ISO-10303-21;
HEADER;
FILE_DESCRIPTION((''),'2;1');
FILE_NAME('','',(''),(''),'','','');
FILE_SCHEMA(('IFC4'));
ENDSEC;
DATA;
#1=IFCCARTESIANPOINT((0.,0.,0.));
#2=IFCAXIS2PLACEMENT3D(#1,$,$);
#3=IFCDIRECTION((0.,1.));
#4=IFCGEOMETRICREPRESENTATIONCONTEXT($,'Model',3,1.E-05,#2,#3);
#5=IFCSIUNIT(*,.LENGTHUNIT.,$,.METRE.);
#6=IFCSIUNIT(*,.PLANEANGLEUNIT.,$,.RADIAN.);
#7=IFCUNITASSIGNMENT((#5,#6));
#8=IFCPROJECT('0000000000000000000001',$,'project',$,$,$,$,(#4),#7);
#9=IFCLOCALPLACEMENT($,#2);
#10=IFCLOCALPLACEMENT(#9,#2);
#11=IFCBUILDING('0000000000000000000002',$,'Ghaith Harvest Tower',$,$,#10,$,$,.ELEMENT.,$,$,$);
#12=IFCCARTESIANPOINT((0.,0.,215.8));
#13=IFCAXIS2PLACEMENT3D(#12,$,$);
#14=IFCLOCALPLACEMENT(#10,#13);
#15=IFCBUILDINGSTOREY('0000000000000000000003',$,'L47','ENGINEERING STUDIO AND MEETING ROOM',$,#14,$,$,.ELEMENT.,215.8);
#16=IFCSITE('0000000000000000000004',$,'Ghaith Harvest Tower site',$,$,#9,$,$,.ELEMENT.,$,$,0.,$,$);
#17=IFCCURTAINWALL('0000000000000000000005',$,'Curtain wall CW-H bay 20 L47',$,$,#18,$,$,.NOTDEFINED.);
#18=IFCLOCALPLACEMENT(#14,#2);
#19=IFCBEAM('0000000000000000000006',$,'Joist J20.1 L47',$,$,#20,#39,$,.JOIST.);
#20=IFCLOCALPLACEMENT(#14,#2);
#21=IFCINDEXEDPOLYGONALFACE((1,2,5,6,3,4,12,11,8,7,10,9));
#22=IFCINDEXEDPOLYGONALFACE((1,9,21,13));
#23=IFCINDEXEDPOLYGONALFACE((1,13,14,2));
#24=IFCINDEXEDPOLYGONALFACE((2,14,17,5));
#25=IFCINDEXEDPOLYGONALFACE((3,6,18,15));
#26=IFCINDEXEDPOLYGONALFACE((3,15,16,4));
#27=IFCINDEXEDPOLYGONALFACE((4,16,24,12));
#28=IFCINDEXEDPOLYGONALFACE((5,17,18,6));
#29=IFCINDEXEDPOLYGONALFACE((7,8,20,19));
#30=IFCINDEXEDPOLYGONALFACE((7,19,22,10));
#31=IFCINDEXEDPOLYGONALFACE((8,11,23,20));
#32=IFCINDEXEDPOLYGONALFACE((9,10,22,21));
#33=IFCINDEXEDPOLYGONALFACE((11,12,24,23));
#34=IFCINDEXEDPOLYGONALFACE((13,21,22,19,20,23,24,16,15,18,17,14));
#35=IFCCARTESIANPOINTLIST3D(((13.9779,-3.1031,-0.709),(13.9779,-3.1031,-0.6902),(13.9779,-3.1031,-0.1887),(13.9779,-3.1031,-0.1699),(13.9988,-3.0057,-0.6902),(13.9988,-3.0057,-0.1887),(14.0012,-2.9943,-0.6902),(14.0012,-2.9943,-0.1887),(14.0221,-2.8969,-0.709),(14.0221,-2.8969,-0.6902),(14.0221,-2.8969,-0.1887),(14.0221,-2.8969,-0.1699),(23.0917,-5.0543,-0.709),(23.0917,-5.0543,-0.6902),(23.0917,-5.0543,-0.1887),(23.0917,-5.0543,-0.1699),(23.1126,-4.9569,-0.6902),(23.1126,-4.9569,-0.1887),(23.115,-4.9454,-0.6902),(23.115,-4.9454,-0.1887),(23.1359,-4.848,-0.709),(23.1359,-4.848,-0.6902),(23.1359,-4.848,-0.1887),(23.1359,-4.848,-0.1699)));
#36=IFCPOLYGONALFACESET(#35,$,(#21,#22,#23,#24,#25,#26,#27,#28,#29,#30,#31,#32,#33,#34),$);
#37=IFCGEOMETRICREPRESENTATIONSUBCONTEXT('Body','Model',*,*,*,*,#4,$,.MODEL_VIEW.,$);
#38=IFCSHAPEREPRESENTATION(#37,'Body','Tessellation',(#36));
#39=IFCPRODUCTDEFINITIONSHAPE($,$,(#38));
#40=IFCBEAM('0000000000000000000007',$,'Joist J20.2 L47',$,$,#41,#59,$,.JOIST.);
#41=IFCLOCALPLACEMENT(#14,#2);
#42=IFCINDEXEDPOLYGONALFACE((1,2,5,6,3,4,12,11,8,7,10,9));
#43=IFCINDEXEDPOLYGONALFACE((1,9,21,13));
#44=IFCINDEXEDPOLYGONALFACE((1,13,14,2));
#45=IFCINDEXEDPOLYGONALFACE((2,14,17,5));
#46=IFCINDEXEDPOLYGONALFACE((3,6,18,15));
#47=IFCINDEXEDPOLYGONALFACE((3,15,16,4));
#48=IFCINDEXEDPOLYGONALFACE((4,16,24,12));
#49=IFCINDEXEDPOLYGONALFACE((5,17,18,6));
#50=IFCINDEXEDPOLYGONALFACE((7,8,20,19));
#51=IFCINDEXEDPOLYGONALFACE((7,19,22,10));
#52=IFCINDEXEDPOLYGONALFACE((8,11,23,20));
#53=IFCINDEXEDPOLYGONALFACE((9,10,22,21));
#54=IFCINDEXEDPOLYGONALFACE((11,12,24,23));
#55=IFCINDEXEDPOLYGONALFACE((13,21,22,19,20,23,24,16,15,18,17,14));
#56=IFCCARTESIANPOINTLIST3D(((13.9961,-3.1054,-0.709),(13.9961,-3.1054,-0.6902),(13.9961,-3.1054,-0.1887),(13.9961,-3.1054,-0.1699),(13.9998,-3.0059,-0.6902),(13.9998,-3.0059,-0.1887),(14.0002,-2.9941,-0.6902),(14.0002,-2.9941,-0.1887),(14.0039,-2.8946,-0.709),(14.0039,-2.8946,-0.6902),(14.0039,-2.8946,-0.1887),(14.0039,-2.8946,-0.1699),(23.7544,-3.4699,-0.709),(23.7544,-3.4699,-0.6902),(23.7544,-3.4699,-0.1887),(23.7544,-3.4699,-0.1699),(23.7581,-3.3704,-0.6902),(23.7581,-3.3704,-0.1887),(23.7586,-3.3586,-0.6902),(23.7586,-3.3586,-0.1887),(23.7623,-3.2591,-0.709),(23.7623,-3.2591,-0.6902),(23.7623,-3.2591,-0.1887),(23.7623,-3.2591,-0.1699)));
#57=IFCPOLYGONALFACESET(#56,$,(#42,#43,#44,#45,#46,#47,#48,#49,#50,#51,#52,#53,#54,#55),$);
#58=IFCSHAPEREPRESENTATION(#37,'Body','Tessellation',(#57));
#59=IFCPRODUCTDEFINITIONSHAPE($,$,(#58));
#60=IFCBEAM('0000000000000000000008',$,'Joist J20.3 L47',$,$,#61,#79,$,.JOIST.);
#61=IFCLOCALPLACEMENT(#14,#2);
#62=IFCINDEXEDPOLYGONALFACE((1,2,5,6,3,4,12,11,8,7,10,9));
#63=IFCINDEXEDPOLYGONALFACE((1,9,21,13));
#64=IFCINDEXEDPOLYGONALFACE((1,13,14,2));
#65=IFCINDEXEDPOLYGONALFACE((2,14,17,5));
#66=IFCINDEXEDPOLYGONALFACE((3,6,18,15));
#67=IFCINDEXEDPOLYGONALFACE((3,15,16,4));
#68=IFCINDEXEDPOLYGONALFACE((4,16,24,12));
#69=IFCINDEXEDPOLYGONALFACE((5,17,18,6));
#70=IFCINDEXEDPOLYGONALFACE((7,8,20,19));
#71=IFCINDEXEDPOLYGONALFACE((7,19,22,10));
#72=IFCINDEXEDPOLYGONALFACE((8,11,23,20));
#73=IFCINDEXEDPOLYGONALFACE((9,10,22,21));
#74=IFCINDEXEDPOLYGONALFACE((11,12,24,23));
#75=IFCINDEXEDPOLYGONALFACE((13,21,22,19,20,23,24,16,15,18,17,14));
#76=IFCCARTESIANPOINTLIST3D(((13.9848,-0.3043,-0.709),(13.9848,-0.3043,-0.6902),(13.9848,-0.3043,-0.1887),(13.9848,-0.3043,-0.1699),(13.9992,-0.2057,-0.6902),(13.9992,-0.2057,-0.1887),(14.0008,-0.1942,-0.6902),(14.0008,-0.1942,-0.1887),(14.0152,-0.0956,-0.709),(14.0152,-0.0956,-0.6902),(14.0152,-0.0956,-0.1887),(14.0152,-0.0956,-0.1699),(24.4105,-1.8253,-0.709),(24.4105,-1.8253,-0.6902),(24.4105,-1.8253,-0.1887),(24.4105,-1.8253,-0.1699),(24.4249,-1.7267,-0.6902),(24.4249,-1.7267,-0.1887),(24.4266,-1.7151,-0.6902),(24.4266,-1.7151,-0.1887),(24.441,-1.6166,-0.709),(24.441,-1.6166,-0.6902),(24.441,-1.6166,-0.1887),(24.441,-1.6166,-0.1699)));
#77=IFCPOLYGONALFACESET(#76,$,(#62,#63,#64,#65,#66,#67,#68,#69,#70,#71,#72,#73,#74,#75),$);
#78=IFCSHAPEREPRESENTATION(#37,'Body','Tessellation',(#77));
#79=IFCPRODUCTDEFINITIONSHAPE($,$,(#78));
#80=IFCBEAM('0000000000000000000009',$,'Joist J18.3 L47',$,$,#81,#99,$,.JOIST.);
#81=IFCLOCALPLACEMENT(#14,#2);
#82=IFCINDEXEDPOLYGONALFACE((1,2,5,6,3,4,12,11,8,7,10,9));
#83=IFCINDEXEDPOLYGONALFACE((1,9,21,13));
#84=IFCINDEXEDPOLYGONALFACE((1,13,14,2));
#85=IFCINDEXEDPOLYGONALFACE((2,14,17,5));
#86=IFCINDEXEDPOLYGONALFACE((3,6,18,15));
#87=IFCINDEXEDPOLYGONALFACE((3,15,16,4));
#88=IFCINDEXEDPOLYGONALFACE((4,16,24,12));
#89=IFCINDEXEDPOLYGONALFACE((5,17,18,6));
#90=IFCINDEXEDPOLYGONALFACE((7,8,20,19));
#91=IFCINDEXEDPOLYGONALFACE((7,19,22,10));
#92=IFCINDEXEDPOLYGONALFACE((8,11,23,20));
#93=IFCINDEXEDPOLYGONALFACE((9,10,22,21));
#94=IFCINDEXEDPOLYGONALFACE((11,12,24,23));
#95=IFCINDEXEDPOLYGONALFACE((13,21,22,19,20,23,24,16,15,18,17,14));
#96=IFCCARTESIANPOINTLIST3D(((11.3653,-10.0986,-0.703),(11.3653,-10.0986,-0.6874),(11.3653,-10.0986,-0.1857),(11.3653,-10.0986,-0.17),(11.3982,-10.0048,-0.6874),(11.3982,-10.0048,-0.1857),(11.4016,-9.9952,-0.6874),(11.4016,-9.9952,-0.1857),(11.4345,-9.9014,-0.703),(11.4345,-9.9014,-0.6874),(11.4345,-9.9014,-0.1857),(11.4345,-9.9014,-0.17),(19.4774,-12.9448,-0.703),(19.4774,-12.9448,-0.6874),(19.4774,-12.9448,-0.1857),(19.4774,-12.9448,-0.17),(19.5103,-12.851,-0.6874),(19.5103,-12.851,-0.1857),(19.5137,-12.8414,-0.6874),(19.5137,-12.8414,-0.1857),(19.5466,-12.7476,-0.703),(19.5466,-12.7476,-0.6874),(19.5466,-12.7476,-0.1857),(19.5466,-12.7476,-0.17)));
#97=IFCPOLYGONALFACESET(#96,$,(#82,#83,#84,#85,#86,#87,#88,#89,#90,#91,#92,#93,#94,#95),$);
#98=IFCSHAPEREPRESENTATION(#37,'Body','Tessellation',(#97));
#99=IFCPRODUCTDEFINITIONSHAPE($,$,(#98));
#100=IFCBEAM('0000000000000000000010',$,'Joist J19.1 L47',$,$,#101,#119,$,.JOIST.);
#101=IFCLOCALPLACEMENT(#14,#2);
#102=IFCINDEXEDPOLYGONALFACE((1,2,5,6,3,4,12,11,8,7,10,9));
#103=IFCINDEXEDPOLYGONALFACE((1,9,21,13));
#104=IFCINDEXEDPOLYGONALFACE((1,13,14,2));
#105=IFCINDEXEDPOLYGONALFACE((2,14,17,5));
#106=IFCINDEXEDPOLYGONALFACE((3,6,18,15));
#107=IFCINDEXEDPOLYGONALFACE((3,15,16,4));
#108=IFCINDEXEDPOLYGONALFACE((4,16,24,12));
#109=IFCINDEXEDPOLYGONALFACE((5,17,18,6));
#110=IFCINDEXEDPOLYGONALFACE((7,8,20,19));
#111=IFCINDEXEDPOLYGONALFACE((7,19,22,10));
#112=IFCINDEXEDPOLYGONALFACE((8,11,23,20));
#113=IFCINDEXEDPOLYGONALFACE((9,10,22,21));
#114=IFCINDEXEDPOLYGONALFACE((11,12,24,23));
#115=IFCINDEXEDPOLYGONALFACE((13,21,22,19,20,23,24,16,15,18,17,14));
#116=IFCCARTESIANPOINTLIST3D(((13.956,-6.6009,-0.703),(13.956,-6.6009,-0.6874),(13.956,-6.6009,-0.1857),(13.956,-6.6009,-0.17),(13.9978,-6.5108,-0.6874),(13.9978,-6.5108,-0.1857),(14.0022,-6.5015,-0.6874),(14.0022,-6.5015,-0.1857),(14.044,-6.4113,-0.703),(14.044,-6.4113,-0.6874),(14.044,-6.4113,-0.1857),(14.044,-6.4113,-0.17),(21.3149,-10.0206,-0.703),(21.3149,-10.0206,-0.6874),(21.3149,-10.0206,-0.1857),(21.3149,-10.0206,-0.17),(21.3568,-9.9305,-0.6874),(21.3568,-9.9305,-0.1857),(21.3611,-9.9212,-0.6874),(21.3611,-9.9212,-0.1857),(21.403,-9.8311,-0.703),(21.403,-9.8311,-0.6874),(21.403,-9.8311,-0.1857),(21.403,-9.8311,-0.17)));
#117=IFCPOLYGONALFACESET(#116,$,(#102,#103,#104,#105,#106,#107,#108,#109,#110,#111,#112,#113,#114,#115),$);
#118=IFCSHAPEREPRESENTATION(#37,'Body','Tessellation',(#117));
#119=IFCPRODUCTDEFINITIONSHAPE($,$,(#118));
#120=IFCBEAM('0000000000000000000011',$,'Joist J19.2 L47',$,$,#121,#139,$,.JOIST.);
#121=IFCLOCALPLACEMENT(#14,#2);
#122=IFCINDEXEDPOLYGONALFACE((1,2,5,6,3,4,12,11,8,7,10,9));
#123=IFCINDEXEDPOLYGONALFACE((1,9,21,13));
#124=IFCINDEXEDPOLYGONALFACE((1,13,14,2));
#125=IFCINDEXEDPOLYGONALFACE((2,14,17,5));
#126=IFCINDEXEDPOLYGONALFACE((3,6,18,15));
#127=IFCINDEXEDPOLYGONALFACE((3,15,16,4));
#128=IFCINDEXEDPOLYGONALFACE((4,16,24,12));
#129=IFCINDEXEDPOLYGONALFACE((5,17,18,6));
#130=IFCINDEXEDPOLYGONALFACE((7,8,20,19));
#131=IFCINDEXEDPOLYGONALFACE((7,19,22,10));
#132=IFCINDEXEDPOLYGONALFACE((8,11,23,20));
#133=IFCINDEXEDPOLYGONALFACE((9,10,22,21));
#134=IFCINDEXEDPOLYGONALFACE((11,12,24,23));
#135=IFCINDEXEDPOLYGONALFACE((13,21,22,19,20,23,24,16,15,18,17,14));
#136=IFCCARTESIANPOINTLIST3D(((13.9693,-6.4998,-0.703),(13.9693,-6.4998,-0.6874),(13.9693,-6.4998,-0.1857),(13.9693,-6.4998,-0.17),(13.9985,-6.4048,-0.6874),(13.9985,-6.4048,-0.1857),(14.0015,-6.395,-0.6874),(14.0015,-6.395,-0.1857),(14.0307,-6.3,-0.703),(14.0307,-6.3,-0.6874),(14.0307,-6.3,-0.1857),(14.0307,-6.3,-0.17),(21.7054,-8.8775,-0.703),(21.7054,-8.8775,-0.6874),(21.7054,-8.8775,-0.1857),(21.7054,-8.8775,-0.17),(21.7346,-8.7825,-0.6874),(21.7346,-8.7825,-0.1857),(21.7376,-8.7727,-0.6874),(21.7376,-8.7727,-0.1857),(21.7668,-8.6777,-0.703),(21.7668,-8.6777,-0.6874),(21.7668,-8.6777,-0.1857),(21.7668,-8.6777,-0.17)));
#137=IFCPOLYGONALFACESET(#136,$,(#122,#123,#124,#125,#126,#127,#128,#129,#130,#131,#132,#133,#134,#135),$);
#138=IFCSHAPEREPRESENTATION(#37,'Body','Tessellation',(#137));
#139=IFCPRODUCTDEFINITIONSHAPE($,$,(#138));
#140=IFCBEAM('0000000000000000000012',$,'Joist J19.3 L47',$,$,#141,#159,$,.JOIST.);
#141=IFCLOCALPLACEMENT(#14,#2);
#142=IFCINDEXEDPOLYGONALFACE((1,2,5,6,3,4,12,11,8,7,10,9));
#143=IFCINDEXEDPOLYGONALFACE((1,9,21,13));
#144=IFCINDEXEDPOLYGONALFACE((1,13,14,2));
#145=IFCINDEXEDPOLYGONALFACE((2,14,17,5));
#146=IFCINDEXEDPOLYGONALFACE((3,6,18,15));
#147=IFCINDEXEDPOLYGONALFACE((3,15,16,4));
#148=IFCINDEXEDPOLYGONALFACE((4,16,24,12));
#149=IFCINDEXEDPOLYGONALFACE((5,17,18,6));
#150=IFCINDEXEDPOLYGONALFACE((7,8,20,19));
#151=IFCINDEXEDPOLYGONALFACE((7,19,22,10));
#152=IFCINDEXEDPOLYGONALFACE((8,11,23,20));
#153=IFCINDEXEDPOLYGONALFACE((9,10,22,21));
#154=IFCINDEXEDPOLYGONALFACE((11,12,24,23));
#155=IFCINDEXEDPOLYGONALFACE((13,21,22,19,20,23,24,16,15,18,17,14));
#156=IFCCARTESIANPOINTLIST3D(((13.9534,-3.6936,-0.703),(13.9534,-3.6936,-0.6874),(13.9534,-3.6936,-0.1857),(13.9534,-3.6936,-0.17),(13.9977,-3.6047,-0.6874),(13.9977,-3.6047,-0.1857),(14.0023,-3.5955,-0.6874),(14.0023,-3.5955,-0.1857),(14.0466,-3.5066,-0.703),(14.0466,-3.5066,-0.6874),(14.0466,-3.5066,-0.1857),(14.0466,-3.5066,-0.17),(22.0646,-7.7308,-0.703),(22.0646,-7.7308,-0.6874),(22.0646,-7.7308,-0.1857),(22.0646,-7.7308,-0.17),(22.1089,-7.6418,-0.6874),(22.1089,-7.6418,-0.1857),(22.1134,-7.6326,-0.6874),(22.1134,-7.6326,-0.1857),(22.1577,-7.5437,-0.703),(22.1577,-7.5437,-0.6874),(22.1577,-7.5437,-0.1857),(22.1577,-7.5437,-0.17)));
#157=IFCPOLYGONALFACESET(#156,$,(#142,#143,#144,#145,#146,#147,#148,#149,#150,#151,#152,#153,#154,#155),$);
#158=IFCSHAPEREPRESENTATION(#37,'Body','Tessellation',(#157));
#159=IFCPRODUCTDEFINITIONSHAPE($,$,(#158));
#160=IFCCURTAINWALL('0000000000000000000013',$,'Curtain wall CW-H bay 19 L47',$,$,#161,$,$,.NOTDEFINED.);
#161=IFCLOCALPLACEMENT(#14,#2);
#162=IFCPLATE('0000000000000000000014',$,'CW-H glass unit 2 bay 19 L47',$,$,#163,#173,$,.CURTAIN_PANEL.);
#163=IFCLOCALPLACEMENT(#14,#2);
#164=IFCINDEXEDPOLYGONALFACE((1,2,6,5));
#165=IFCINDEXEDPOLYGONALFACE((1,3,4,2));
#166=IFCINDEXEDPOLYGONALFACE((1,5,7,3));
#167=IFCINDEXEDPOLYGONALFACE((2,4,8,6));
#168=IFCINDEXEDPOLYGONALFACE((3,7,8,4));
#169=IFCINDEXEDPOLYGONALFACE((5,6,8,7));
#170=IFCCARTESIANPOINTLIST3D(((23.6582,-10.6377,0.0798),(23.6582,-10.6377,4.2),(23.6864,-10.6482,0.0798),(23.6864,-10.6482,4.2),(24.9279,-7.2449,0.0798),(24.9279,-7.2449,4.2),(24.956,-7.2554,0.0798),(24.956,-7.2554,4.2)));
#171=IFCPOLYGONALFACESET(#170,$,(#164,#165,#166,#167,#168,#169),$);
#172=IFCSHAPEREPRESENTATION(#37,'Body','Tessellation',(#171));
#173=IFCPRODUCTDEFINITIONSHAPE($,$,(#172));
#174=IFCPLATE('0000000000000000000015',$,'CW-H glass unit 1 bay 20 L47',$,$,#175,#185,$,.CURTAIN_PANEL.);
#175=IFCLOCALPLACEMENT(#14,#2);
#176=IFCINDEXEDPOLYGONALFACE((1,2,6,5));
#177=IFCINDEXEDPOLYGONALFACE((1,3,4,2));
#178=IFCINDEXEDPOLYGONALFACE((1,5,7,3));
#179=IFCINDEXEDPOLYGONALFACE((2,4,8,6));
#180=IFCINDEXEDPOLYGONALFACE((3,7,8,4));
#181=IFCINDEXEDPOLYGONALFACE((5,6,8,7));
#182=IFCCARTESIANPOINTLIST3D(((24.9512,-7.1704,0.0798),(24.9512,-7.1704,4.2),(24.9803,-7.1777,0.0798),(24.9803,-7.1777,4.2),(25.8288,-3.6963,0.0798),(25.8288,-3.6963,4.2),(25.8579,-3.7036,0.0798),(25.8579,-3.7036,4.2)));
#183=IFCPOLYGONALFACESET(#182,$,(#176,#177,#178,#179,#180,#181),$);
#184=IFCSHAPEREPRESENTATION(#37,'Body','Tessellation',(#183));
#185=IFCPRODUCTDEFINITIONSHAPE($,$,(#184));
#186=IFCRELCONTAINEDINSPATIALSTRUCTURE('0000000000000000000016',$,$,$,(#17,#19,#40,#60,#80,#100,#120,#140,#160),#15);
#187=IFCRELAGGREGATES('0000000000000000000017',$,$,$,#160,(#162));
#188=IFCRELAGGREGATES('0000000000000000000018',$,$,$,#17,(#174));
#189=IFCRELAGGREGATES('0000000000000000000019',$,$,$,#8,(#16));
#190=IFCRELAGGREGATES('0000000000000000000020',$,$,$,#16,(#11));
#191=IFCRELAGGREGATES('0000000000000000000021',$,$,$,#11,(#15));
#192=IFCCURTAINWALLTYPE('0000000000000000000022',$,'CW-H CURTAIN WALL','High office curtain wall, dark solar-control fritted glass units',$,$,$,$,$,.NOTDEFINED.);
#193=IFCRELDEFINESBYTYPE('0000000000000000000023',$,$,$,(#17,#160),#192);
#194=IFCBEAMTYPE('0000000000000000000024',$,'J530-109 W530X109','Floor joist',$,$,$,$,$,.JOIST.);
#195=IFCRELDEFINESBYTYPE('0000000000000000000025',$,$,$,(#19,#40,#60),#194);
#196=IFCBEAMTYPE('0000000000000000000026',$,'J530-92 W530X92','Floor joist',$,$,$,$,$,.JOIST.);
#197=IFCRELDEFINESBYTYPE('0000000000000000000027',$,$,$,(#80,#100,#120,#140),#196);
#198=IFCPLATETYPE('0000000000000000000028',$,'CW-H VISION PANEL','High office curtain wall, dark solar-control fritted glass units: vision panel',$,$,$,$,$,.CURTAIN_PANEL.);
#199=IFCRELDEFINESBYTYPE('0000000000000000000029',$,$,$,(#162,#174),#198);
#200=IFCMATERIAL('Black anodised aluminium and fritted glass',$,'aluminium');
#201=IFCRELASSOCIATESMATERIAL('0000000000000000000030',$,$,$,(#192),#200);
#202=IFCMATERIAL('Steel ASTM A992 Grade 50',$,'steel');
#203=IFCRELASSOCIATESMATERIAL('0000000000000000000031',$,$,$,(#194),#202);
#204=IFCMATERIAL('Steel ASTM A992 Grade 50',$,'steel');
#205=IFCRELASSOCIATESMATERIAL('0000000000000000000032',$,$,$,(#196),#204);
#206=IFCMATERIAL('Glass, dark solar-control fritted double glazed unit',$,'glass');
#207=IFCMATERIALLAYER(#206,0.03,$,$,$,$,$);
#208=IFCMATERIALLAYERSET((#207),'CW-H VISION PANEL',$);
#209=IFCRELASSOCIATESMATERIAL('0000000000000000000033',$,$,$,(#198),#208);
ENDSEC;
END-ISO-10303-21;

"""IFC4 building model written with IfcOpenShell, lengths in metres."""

from ifc_helpers import new_model, si_unit, direction, frame, origin, origin_2d, place, context, subcontext, project, spatial, rectangle, i_section, extrude, material, layer, layer_set, material_profile, profile_set, type_object, element, aggregate, save


model = new_model("IFC4")

# Units and contexts
model_context = context("Model", 3, precision=1e-05, world=origin(), true_north=direction((0.0, 1.0)))
body_context = subcontext(model_context, "Body", "Model", "MODEL_VIEW")
ifc_project = project(units=[si_unit("LENGTHUNIT", "METRE"), si_unit("PLANEANGLEUNIT", "RADIAN")], contexts=[model_context])

# Site, building, storey
site_placement = place(None, origin())
site = spatial("IfcSite", under=ifc_project, at=site_placement, Name="Ghaith Harvest Tower site", CompositionType="ELEMENT", RefElevation=0.0)
building_placement = place(site_placement, origin())
building = spatial("IfcBuilding", under=site, at=building_placement, Name="Ghaith Harvest Tower", CompositionType="ELEMENT")
storey_placement = place(building_placement, frame((0.0, 0.0, 215.8)))
storey = spatial("IfcBuildingStorey", under=building, at=storey_placement, Name="L47", Description="ENGINEERING STUDIO AND MEETING ROOM", CompositionType="ELEMENT", Elevation=215.8)

# Curtain wall
ifc_material_1 = material(Name="Black anodised aluminium and fritted glass", Category="aluminium")
curtain_wall_type = type_object("IfcCurtainWallType", Name="CW-H CURTAIN WALL", Description="High office curtain wall, dark solar-control fritted glass units", PredefinedType="NOTDEFINED", material=ifc_material_1)
curtain_wall_1_placement = place(storey_placement, origin())
curtain_wall_1 = element("IfcCurtainWall", 1, at=curtain_wall_1_placement, inside=storey, type_object=curtain_wall_type, Name="Curtain wall CW-H bay 20 L47", PredefinedType="NOTDEFINED")

# Beams
ifc_material_2 = material(Name="Steel ASTM A992 Grade 50", Category="steel")
ifc_material_profile_1 = material_profile(ifc_material_2, i_section(OverallWidth=0.2109, OverallDepth=0.5391, WebThickness=0.0117, FlangeThickness=0.0188, at=origin_2d()), Name="W530X109")
ifc_profile_set_1 = profile_set([ifc_material_profile_1], Name="Steel ASTM A992 Grade 50")
beam_type_1 = type_object("IfcBeamType", Name="J530-109 W530X109", Description="Floor joist", PredefinedType="JOIST", material=ifc_profile_set_1)
beam_1_placement = place(storey_placement, frame((14.0, -3.0, -0.4395), z_axis=(0.977841, -0.209347, 0.0), x_axis=(0.209347, 0.977841, 0.0)))
element("IfcBeam", 2, at=beam_1_placement, inside=storey, type_object=beam_type_1, Name="Joist J20.1 L47", PredefinedType="JOIST", context=body_context, shape_type="SweptSolid", body=[
    extrude(i_section(OverallWidth=0.2109, OverallDepth=0.5391, WebThickness=0.0117, FlangeThickness=0.0188, at=origin_2d()), origin(), (0.0, 0.0, 1.0), 9.3203),
])
beam_2_placement = place(storey_placement, frame((14.0, -3.0, -0.4395), z_axis=(0.999303, -0.037327, 0.0), x_axis=(0.037327, 0.999303, 0.0)))
element("IfcBeam", 3, at=beam_2_placement, inside=storey, type_object=beam_type_1, Name="Joist J20.2 L47", PredefinedType="JOIST", context=body_context, shape_type="SweptSolid", body=[
    extrude(i_section(OverallWidth=0.2109, OverallDepth=0.5391, WebThickness=0.0117, FlangeThickness=0.0188, at=origin_2d()), origin(), (0.0, 0.0, 1.0), 9.7651),
])
beam_3_placement = place(storey_placement, frame((14.0, -0.2, -0.4395), z_axis=(0.989525, -0.14436, 0.0), x_axis=(0.14436, 0.989525, 0.0)))
element("IfcBeam", 4, at=beam_3_placement, inside=storey, type_object=beam_type_1, Name="Joist J20.3 L47", PredefinedType="JOIST", context=body_context, shape_type="SweptSolid", body=[
    extrude(i_section(OverallWidth=0.2109, OverallDepth=0.5391, WebThickness=0.0117, FlangeThickness=0.0188, at=origin_2d()), origin(), (0.0, 0.0, 1.0), 10.5361),
])
ifc_material_3 = material(Name="Steel ASTM A992 Grade 50", Category="steel")
ifc_material_profile_2 = material_profile(ifc_material_3, i_section(OverallWidth=0.209, OverallDepth=0.533, WebThickness=0.0103, FlangeThickness=0.0156, at=origin_2d()), Name="W530X92")
ifc_profile_set_2 = profile_set([ifc_material_profile_2], Name="Steel ASTM A992 Grade 50")
beam_type_2 = type_object("IfcBeamType", Name="J530-92 W530X92", Description="Floor joist", PredefinedType="JOIST", material=ifc_profile_set_2)
beam_4_placement = place(storey_placement, frame((11.3999, -10.0, -0.4365), z_axis=(0.943605, -0.331073, 0.0), x_axis=(0.331073, 0.943605, 0.0)))
element("IfcBeam", 5, at=beam_4_placement, inside=storey, type_object=beam_type_2, Name="Joist J18.3 L47", PredefinedType="JOIST", context=body_context, shape_type="SweptSolid", body=[
    extrude(i_section(OverallWidth=0.209, OverallDepth=0.533, WebThickness=0.0103, FlangeThickness=0.0156, at=origin_2d()), origin(), (0.0, 0.0, 1.0), 8.5969),
])
beam_5_placement = place(storey_placement, frame((14.0, -6.5061, -0.4365), z_axis=(0.906865, -0.421421, 0.0), x_axis=(0.421421, 0.906865, 0.0)))
element("IfcBeam", 6, at=beam_5_placement, inside=storey, type_object=beam_type_2, Name="Joist J19.1 L47", PredefinedType="JOIST", context=body_context, shape_type="SweptSolid", body=[
    extrude(i_section(OverallWidth=0.209, OverallDepth=0.533, WebThickness=0.0103, FlangeThickness=0.0156, at=origin_2d()), origin(), (0.0, 0.0, 1.0), 8.1147),
])
beam_6_placement = place(storey_placement, frame((14.0, -6.3999, -0.4365), z_axis=(0.955871, -0.293787, 0.0), x_axis=(0.293787, 0.955871, 0.0)))
element("IfcBeam", 7, at=beam_6_placement, inside=storey, type_object=beam_type_2, Name="Joist J19.2 L47", PredefinedType="JOIST", context=body_context, shape_type="SweptSolid", body=[
    extrude(i_section(OverallWidth=0.209, OverallDepth=0.533, WebThickness=0.0103, FlangeThickness=0.0156, at=origin_2d()), origin(), (0.0, 0.0, 1.0), 8.0933),
])
beam_7_placement = place(storey_placement, frame((14.0, -3.6001, -0.4365), z_axis=(0.895239, -0.445585, 0.0), x_axis=(0.445585, 0.895239, 0.0)))
element("IfcBeam", 8, at=beam_7_placement, inside=storey, type_object=beam_type_2, Name="Joist J19.3 L47", PredefinedType="JOIST", context=body_context, shape_type="SweptSolid", body=[
    extrude(i_section(OverallWidth=0.209, OverallDepth=0.533, WebThickness=0.0103, FlangeThickness=0.0156, at=origin_2d()), origin(), (0.0, 0.0, 1.0), 9.0603),
])

# Curtain wall, plate
curtain_wall_2_placement = place(storey_placement, origin())
curtain_wall_2 = element("IfcCurtainWall", 9, at=curtain_wall_2_placement, inside=storey, type_object=curtain_wall_type, Name="Curtain wall CW-H bay 19 L47", PredefinedType="NOTDEFINED")
ifc_material_4 = material(Name="Glass, dark solar-control fritted double glazed unit", Category="glass")
ifc_layer_1 = layer(ifc_material_4, 0.03)
ifc_layer_set_1 = layer_set([ifc_layer_1], Name="CW-H VISION PANEL")
plate_type_1 = type_object("IfcPlateType", Name="CW-H VISION PANEL", Description="High office curtain wall, dark solar-control fritted glass units: vision panel", PredefinedType="CURTAIN_PANEL", material=ifc_layer_set_1)
plate_1_placement = place(storey_placement, frame((24.3071, -8.9465, 0.0798), z_axis=(0.0, 0.0, 1.0), x_axis=(0.350481, 0.93657, 0.0)))
plate_1 = element("IfcPlate", 10, at=plate_1_placement, type_object=plate_type_1, Name="CW-H glass unit 2 bay 19 L47", PredefinedType="CURTAIN_PANEL", context=body_context, shape_type="SweptSolid", body=[
    extrude(rectangle(XDim=3.6226, YDim=0.03, at=origin_2d()), origin(), (0.0, 0.0, 1.0), 4.1201),
])
aggregate(curtain_wall_2, [plate_1])

# Plate
plate_2_placement = place(storey_placement, frame((25.4045, -5.437, 0.0798), z_axis=(0.0, 0.0, 1.0), x_axis=(0.244926, 0.969542, 0.0)))
plate_2 = element("IfcPlate", 11, at=plate_2_placement, type_object=plate_type_1, Name="CW-H glass unit 1 bay 20 L47", PredefinedType="CURTAIN_PANEL", context=body_context, shape_type="SweptSolid", body=[
    extrude(rectangle(XDim=3.5833, YDim=0.03, at=origin_2d()), origin(), (0.0, 0.0, 1.0), 4.1201),
])
aggregate(curtain_wall_1, [plate_2])

save(model, "model.ifc")
